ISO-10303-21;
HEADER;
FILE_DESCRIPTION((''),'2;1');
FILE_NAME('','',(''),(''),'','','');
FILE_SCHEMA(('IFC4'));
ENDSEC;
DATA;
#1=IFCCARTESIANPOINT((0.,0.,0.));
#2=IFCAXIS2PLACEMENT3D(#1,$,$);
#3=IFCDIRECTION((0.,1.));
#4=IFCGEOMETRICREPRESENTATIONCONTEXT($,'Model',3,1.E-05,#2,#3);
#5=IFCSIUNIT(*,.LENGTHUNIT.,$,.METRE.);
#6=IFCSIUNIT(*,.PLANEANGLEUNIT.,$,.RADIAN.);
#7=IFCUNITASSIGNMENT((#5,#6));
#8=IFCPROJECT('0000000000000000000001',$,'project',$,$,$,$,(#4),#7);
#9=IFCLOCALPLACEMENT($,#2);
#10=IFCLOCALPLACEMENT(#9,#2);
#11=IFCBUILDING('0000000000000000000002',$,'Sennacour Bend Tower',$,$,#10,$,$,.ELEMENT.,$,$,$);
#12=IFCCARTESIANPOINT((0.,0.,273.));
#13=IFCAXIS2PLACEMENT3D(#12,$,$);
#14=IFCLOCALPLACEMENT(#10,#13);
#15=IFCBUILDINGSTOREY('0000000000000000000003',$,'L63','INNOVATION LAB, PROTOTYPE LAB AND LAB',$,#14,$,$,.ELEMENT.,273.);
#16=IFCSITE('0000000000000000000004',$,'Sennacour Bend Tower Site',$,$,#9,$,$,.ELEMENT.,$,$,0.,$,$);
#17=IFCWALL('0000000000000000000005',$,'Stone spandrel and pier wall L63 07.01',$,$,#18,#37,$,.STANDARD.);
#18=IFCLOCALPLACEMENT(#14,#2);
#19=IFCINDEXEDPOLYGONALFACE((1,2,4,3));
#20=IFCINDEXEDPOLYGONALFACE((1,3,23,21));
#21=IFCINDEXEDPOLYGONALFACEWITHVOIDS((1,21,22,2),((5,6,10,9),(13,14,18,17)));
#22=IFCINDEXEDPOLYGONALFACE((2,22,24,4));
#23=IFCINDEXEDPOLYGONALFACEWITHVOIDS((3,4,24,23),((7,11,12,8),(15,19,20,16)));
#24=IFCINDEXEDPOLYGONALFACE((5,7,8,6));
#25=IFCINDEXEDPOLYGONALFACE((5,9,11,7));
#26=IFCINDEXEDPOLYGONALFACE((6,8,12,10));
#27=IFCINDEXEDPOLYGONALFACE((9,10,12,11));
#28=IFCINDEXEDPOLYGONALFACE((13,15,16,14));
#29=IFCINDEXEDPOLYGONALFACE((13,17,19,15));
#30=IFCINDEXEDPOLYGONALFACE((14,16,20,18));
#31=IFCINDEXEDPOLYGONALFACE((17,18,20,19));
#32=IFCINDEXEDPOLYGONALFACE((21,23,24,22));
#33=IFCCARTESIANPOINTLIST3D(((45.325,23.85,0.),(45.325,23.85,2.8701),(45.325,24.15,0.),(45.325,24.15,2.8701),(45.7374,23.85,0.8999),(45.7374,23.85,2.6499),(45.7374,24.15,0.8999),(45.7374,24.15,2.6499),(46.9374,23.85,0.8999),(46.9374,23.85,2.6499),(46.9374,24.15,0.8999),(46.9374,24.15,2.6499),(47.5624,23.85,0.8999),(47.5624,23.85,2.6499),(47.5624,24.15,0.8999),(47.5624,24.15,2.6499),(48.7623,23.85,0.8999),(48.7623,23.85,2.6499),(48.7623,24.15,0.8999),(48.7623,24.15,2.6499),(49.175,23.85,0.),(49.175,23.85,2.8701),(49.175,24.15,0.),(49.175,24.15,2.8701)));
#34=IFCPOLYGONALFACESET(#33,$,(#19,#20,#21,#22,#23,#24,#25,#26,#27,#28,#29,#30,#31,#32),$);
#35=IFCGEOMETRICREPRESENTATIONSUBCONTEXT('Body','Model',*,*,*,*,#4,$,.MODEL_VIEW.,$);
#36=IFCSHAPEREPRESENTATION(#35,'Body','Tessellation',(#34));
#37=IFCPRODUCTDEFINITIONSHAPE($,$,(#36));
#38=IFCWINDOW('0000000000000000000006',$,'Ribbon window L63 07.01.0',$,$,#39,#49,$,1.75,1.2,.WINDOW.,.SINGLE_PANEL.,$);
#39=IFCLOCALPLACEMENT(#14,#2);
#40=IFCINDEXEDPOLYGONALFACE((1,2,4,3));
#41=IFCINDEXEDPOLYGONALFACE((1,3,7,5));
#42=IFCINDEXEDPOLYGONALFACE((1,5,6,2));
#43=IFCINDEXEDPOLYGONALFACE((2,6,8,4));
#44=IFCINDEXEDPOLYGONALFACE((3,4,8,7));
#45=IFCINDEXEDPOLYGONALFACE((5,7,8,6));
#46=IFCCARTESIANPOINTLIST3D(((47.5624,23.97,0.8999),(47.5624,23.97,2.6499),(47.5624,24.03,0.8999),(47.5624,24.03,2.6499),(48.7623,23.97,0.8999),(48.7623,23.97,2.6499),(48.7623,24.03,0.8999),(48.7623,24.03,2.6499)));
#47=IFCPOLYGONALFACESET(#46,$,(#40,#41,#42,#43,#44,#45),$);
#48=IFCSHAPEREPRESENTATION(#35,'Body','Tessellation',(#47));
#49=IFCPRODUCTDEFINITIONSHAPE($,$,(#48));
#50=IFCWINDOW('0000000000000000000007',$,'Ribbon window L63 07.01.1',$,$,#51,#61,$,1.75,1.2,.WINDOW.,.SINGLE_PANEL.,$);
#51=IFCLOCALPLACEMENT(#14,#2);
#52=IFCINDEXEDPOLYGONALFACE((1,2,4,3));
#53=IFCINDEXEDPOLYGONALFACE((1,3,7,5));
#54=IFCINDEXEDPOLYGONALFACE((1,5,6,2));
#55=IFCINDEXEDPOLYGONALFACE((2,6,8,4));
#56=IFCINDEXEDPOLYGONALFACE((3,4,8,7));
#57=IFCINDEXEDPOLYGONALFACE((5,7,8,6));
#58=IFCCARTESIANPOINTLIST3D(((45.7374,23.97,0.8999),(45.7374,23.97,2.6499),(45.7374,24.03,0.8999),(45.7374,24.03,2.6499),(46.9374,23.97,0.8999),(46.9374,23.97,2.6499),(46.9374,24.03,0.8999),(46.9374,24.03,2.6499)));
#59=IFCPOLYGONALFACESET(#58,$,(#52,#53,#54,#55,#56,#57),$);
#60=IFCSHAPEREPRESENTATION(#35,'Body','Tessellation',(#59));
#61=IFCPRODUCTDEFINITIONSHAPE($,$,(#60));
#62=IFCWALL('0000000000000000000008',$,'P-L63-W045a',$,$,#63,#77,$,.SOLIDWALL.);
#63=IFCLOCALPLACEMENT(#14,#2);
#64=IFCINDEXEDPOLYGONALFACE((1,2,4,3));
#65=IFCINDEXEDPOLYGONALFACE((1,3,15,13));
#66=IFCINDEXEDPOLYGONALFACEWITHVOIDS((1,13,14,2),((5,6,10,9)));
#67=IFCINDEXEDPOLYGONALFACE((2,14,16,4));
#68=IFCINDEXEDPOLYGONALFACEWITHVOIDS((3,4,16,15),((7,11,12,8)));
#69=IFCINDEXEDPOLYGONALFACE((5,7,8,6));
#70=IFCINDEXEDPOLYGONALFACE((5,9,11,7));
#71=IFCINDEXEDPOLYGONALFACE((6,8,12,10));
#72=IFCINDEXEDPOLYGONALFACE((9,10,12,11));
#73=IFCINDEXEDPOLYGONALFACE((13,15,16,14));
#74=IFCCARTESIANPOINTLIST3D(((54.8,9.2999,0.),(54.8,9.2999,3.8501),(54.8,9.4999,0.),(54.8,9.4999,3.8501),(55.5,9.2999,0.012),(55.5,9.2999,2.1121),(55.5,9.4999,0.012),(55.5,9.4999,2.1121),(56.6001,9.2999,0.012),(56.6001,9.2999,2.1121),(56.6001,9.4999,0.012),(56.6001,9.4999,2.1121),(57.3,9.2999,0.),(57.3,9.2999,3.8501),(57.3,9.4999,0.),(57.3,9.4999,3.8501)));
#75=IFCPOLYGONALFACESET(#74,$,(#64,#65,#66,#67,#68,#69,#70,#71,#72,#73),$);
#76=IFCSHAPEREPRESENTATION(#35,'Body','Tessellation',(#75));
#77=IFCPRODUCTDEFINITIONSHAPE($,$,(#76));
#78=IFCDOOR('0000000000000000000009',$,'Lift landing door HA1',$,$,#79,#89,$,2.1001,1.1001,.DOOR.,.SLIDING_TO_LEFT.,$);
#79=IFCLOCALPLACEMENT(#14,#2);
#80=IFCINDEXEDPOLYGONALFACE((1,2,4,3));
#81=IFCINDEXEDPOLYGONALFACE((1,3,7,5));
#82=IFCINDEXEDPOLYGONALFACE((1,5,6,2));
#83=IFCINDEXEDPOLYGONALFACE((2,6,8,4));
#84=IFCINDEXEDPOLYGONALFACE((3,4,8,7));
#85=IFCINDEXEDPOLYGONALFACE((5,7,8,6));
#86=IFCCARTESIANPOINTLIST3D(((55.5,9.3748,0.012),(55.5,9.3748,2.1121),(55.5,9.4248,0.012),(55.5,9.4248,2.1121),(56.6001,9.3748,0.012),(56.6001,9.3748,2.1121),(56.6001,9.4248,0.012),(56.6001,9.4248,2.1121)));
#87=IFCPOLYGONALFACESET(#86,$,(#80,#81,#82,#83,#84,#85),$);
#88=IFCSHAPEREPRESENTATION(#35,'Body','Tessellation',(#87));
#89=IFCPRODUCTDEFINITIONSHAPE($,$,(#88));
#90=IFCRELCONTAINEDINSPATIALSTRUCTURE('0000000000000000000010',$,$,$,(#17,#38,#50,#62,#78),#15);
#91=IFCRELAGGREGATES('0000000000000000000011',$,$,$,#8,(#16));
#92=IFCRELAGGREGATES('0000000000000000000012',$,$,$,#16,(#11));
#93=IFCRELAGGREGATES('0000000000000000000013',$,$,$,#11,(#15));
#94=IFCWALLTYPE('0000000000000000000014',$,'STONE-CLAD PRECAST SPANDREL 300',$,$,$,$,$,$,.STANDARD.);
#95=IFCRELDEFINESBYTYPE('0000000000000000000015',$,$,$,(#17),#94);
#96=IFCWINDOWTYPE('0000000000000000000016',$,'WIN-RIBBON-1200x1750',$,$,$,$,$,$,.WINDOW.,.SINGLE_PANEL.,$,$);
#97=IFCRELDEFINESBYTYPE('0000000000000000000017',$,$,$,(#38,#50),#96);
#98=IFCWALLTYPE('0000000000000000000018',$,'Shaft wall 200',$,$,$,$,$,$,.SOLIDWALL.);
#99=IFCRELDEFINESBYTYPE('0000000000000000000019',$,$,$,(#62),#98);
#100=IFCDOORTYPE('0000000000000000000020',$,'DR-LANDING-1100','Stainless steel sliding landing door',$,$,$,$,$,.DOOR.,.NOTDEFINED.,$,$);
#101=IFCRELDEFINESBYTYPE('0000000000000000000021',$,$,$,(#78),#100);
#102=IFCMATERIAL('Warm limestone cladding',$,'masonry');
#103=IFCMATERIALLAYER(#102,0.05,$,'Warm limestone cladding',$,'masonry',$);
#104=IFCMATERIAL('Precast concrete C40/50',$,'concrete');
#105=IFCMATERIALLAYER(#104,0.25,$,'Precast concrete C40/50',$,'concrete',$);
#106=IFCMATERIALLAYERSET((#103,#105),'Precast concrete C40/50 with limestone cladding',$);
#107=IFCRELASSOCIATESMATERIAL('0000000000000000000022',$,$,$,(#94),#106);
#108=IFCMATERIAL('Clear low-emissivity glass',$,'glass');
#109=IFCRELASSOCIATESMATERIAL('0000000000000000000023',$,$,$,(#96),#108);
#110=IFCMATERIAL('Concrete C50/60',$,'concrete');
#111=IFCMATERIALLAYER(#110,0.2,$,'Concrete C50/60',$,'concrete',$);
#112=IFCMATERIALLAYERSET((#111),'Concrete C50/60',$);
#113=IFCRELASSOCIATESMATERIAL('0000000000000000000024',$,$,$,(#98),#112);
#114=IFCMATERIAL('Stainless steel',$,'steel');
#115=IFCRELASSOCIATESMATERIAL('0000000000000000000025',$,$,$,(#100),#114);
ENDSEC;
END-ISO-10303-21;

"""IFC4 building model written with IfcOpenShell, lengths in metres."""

from ifc_helpers import new_model, si_unit, direction, frame, frame_2d, origin, place, context, subcontext, project, spatial, rectangle, extrude, material, layer, layer_set, type_object, element, fill, save


model = new_model("IFC4")

# Units and contexts
model_context = context("Model", 3, precision=1e-05, world=origin(), true_north=direction((0.0, 1.0)))
body_context = subcontext(model_context, "Body", "Model", "MODEL_VIEW")
ifc_project = project(units=[si_unit("LENGTHUNIT", "METRE"), si_unit("PLANEANGLEUNIT", "RADIAN")], contexts=[model_context])

# Site, building, storey
site_placement = place(None, origin())
site = spatial("IfcSite", under=ifc_project, at=site_placement, Name="Sennacour Bend Tower Site", CompositionType="ELEMENT", RefElevation=0.0)
building_placement = place(site_placement, origin())
building = spatial("IfcBuilding", under=site, at=building_placement, Name="Sennacour Bend Tower", CompositionType="ELEMENT")
storey_placement = place(building_placement, frame((0.0, 0.0, 273.0)))
storey = spatial("IfcBuildingStorey", under=building, at=storey_placement, Name="L63", Description="INNOVATION LAB, PROTOTYPE LAB AND LAB", CompositionType="ELEMENT", Elevation=273.0)

# Shared definitions
ifc_material_1 = material(Name="Concrete C50/60", Category="concrete")

# Shared definitions
ifc_material_2 = material(Name="Warm limestone cladding", Category="masonry")
ifc_layer_1 = layer(ifc_material_2, 0.05, Name="Warm limestone cladding", Category="masonry")
ifc_material_3 = material(Name="Precast concrete C40/50", Category="concrete")
ifc_layer_2 = layer(ifc_material_3, 0.25, Name="Precast concrete C40/50", Category="concrete")
ifc_layer_set_1 = layer_set([ifc_layer_1, ifc_layer_2], Name="Precast concrete C40/50 with limestone cladding")
wall_type_1 = type_object("IfcWallType", Name="STONE-CLAD PRECAST SPANDREL 300", PredefinedType="STANDARD", material=ifc_layer_set_1)

# Wall, openings, windows
ifc_material_4 = material(Name="Clear low-emissivity glass", Category="glass")
window_type = type_object("IfcWindowType", Name="WIN-RIBBON-1200x1750", PartitioningType="SINGLE_PANEL", PredefinedType="WINDOW", material=ifc_material_4)
wall_1_placement = place(storey_placement, frame((49.175, 24.0, 0.0), z_axis=(0.0, 0.0, 1.0), x_axis=(-1.0, 0.0, 0.0)))
wall_1 = element("IfcWall", 1, at=wall_1_placement, inside=storey, type_object=wall_type_1, Name="Stone spandrel and pier wall L63 07.01", PredefinedType="STANDARD", context=body_context, shape_type="SweptSolid", body=[
    extrude(rectangle(XDim=3.8501, YDim=0.3, at=frame_2d((1.925, 0.0))), origin(), (0.0, 0.0, 1.0), 2.8701),
])
opening_1_placement = place(wall_1_placement, frame((0.4126, 0.0, 0.8999)))
opening_1 = element("IfcOpeningElement", 2, at=opening_1_placement, cuts=wall_1, PredefinedType="OPENING", context=body_context, shape_type="SweptSolid", body=[
    extrude(rectangle(XDim=1.2, YDim=1.75, at=frame_2d((0.6001, 0.875))), frame((0.0, 0.1602, 0.0), z_axis=(0.0, -1.0, 0.0), x_axis=(1.0, 0.0, 0.0)), (0.0, 0.0, 1.0), 0.3201),
])
opening_2_placement = place(wall_1_placement, frame((2.2375, 0.0, 0.8999)))
opening_2 = element("IfcOpeningElement", 3, at=opening_2_placement, cuts=wall_1, PredefinedType="OPENING", context=body_context, shape_type="SweptSolid", body=[
    extrude(rectangle(XDim=1.2, YDim=1.75, at=frame_2d((0.6001, 0.875))), frame((0.0, 0.1602, 0.0), z_axis=(0.0, -1.0, 0.0), x_axis=(1.0, 0.0, 0.0)), (0.0, 0.0, 1.0), 0.3201),
])
window_1_placement = place(opening_1_placement, origin())
window_1 = element("IfcWindow", 4, at=window_1_placement, inside=storey, type_object=window_type, Name="Ribbon window L63 07.01.0", OverallHeight=1.75, OverallWidth=1.2, PartitioningType="SINGLE_PANEL", PredefinedType="WINDOW", context=body_context, shape_type="SweptSolid", body=[
    extrude(rectangle(XDim=1.2, YDim=1.75, at=frame_2d((0.6001, 0.875))), frame((0.0, 0.03, 0.0), z_axis=(0.0, -1.0, 0.0), x_axis=(1.0, 0.0, 0.0)), (0.0, 0.0, 1.0), 0.0601),
])
fill(opening_1, window_1)
window_2_placement = place(opening_2_placement, origin())
window_2 = element("IfcWindow", 5, at=window_2_placement, inside=storey, type_object=window_type, Name="Ribbon window L63 07.01.1", OverallHeight=1.75, OverallWidth=1.2, PartitioningType="SINGLE_PANEL", PredefinedType="WINDOW", context=body_context, shape_type="SweptSolid", body=[
    extrude(rectangle(XDim=1.2, YDim=1.75, at=frame_2d((0.6001, 0.875))), frame((0.0, 0.03, 0.0), z_axis=(0.0, -1.0, 0.0), x_axis=(1.0, 0.0, 0.0)), (0.0, 0.0, 1.0), 0.0601),
])
fill(opening_2, window_2)

# Wall, opening, door
ifc_layer_3 = layer(ifc_material_1, 0.2, Name="Concrete C50/60", Category="concrete")
ifc_layer_set_2 = layer_set([ifc_layer_3], Name="Concrete C50/60")
wall_type_2 = type_object("IfcWallType", Name="Shaft wall 200", PredefinedType="SOLIDWALL", material=ifc_layer_set_2)
wall_2_placement = place(storey_placement, frame((54.8, 9.3999, 0.0), z_axis=(0.0, 0.0, 1.0), x_axis=(1.0, 0.0, 0.0)))
wall_2 = element("IfcWall", 6, at=wall_2_placement, inside=storey, type_object=wall_type_2, Name="P-L63-W045a", PredefinedType="SOLIDWALL", context=body_context, shape_type="SweptSolid", body=[
    extrude(rectangle(XDim=2.5, YDim=0.2, at=frame_2d((1.25, 0.0))), origin(), (0.0, 0.0, 1.0), 3.8501),
])
opening_3_placement = place(wall_2_placement, frame((0.7, 0.0, 0.012)))
opening_3 = element("IfcOpeningElement", 7, at=opening_3_placement, cuts=wall_2, PredefinedType="OPENING", context=body_context, shape_type="SweptSolid", body=[
    extrude(rectangle(XDim=1.1001, YDim=2.1001, at=frame_2d((0.55, 1.05))), frame((0.0, 0.1099, 0.0), z_axis=(0.0, -1.0, 0.0), x_axis=(1.0, 0.0, 0.0)), (0.0, 0.0, 1.0), 0.22),
])
ifc_material_5 = material(Name="Stainless steel", Category="steel")
door_type_1 = type_object("IfcDoorType", Name="DR-LANDING-1100", Description="Stainless steel sliding landing door", OperationType="NOTDEFINED", PredefinedType="DOOR", material=ifc_material_5)
door_1_placement = place(opening_3_placement, origin())
door_1 = element("IfcDoor", 8, at=door_1_placement, inside=storey, type_object=door_type_1, Name="Lift landing door HA1", OperationType="SLIDING_TO_LEFT", OverallHeight=2.1001, OverallWidth=1.1001, PredefinedType="DOOR", context=body_context, shape_type="SweptSolid", body=[
    extrude(rectangle(XDim=1.1001, YDim=2.1001, at=frame_2d((0.55, 1.05))), frame((0.0, 0.0249, 0.0), z_axis=(0.0, -1.0, 0.0), x_axis=(1.0, 0.0, 0.0)), (0.0, 0.0, 1.0), 0.05),
])
fill(opening_3, door_1)

save(model, "model.ifc")
